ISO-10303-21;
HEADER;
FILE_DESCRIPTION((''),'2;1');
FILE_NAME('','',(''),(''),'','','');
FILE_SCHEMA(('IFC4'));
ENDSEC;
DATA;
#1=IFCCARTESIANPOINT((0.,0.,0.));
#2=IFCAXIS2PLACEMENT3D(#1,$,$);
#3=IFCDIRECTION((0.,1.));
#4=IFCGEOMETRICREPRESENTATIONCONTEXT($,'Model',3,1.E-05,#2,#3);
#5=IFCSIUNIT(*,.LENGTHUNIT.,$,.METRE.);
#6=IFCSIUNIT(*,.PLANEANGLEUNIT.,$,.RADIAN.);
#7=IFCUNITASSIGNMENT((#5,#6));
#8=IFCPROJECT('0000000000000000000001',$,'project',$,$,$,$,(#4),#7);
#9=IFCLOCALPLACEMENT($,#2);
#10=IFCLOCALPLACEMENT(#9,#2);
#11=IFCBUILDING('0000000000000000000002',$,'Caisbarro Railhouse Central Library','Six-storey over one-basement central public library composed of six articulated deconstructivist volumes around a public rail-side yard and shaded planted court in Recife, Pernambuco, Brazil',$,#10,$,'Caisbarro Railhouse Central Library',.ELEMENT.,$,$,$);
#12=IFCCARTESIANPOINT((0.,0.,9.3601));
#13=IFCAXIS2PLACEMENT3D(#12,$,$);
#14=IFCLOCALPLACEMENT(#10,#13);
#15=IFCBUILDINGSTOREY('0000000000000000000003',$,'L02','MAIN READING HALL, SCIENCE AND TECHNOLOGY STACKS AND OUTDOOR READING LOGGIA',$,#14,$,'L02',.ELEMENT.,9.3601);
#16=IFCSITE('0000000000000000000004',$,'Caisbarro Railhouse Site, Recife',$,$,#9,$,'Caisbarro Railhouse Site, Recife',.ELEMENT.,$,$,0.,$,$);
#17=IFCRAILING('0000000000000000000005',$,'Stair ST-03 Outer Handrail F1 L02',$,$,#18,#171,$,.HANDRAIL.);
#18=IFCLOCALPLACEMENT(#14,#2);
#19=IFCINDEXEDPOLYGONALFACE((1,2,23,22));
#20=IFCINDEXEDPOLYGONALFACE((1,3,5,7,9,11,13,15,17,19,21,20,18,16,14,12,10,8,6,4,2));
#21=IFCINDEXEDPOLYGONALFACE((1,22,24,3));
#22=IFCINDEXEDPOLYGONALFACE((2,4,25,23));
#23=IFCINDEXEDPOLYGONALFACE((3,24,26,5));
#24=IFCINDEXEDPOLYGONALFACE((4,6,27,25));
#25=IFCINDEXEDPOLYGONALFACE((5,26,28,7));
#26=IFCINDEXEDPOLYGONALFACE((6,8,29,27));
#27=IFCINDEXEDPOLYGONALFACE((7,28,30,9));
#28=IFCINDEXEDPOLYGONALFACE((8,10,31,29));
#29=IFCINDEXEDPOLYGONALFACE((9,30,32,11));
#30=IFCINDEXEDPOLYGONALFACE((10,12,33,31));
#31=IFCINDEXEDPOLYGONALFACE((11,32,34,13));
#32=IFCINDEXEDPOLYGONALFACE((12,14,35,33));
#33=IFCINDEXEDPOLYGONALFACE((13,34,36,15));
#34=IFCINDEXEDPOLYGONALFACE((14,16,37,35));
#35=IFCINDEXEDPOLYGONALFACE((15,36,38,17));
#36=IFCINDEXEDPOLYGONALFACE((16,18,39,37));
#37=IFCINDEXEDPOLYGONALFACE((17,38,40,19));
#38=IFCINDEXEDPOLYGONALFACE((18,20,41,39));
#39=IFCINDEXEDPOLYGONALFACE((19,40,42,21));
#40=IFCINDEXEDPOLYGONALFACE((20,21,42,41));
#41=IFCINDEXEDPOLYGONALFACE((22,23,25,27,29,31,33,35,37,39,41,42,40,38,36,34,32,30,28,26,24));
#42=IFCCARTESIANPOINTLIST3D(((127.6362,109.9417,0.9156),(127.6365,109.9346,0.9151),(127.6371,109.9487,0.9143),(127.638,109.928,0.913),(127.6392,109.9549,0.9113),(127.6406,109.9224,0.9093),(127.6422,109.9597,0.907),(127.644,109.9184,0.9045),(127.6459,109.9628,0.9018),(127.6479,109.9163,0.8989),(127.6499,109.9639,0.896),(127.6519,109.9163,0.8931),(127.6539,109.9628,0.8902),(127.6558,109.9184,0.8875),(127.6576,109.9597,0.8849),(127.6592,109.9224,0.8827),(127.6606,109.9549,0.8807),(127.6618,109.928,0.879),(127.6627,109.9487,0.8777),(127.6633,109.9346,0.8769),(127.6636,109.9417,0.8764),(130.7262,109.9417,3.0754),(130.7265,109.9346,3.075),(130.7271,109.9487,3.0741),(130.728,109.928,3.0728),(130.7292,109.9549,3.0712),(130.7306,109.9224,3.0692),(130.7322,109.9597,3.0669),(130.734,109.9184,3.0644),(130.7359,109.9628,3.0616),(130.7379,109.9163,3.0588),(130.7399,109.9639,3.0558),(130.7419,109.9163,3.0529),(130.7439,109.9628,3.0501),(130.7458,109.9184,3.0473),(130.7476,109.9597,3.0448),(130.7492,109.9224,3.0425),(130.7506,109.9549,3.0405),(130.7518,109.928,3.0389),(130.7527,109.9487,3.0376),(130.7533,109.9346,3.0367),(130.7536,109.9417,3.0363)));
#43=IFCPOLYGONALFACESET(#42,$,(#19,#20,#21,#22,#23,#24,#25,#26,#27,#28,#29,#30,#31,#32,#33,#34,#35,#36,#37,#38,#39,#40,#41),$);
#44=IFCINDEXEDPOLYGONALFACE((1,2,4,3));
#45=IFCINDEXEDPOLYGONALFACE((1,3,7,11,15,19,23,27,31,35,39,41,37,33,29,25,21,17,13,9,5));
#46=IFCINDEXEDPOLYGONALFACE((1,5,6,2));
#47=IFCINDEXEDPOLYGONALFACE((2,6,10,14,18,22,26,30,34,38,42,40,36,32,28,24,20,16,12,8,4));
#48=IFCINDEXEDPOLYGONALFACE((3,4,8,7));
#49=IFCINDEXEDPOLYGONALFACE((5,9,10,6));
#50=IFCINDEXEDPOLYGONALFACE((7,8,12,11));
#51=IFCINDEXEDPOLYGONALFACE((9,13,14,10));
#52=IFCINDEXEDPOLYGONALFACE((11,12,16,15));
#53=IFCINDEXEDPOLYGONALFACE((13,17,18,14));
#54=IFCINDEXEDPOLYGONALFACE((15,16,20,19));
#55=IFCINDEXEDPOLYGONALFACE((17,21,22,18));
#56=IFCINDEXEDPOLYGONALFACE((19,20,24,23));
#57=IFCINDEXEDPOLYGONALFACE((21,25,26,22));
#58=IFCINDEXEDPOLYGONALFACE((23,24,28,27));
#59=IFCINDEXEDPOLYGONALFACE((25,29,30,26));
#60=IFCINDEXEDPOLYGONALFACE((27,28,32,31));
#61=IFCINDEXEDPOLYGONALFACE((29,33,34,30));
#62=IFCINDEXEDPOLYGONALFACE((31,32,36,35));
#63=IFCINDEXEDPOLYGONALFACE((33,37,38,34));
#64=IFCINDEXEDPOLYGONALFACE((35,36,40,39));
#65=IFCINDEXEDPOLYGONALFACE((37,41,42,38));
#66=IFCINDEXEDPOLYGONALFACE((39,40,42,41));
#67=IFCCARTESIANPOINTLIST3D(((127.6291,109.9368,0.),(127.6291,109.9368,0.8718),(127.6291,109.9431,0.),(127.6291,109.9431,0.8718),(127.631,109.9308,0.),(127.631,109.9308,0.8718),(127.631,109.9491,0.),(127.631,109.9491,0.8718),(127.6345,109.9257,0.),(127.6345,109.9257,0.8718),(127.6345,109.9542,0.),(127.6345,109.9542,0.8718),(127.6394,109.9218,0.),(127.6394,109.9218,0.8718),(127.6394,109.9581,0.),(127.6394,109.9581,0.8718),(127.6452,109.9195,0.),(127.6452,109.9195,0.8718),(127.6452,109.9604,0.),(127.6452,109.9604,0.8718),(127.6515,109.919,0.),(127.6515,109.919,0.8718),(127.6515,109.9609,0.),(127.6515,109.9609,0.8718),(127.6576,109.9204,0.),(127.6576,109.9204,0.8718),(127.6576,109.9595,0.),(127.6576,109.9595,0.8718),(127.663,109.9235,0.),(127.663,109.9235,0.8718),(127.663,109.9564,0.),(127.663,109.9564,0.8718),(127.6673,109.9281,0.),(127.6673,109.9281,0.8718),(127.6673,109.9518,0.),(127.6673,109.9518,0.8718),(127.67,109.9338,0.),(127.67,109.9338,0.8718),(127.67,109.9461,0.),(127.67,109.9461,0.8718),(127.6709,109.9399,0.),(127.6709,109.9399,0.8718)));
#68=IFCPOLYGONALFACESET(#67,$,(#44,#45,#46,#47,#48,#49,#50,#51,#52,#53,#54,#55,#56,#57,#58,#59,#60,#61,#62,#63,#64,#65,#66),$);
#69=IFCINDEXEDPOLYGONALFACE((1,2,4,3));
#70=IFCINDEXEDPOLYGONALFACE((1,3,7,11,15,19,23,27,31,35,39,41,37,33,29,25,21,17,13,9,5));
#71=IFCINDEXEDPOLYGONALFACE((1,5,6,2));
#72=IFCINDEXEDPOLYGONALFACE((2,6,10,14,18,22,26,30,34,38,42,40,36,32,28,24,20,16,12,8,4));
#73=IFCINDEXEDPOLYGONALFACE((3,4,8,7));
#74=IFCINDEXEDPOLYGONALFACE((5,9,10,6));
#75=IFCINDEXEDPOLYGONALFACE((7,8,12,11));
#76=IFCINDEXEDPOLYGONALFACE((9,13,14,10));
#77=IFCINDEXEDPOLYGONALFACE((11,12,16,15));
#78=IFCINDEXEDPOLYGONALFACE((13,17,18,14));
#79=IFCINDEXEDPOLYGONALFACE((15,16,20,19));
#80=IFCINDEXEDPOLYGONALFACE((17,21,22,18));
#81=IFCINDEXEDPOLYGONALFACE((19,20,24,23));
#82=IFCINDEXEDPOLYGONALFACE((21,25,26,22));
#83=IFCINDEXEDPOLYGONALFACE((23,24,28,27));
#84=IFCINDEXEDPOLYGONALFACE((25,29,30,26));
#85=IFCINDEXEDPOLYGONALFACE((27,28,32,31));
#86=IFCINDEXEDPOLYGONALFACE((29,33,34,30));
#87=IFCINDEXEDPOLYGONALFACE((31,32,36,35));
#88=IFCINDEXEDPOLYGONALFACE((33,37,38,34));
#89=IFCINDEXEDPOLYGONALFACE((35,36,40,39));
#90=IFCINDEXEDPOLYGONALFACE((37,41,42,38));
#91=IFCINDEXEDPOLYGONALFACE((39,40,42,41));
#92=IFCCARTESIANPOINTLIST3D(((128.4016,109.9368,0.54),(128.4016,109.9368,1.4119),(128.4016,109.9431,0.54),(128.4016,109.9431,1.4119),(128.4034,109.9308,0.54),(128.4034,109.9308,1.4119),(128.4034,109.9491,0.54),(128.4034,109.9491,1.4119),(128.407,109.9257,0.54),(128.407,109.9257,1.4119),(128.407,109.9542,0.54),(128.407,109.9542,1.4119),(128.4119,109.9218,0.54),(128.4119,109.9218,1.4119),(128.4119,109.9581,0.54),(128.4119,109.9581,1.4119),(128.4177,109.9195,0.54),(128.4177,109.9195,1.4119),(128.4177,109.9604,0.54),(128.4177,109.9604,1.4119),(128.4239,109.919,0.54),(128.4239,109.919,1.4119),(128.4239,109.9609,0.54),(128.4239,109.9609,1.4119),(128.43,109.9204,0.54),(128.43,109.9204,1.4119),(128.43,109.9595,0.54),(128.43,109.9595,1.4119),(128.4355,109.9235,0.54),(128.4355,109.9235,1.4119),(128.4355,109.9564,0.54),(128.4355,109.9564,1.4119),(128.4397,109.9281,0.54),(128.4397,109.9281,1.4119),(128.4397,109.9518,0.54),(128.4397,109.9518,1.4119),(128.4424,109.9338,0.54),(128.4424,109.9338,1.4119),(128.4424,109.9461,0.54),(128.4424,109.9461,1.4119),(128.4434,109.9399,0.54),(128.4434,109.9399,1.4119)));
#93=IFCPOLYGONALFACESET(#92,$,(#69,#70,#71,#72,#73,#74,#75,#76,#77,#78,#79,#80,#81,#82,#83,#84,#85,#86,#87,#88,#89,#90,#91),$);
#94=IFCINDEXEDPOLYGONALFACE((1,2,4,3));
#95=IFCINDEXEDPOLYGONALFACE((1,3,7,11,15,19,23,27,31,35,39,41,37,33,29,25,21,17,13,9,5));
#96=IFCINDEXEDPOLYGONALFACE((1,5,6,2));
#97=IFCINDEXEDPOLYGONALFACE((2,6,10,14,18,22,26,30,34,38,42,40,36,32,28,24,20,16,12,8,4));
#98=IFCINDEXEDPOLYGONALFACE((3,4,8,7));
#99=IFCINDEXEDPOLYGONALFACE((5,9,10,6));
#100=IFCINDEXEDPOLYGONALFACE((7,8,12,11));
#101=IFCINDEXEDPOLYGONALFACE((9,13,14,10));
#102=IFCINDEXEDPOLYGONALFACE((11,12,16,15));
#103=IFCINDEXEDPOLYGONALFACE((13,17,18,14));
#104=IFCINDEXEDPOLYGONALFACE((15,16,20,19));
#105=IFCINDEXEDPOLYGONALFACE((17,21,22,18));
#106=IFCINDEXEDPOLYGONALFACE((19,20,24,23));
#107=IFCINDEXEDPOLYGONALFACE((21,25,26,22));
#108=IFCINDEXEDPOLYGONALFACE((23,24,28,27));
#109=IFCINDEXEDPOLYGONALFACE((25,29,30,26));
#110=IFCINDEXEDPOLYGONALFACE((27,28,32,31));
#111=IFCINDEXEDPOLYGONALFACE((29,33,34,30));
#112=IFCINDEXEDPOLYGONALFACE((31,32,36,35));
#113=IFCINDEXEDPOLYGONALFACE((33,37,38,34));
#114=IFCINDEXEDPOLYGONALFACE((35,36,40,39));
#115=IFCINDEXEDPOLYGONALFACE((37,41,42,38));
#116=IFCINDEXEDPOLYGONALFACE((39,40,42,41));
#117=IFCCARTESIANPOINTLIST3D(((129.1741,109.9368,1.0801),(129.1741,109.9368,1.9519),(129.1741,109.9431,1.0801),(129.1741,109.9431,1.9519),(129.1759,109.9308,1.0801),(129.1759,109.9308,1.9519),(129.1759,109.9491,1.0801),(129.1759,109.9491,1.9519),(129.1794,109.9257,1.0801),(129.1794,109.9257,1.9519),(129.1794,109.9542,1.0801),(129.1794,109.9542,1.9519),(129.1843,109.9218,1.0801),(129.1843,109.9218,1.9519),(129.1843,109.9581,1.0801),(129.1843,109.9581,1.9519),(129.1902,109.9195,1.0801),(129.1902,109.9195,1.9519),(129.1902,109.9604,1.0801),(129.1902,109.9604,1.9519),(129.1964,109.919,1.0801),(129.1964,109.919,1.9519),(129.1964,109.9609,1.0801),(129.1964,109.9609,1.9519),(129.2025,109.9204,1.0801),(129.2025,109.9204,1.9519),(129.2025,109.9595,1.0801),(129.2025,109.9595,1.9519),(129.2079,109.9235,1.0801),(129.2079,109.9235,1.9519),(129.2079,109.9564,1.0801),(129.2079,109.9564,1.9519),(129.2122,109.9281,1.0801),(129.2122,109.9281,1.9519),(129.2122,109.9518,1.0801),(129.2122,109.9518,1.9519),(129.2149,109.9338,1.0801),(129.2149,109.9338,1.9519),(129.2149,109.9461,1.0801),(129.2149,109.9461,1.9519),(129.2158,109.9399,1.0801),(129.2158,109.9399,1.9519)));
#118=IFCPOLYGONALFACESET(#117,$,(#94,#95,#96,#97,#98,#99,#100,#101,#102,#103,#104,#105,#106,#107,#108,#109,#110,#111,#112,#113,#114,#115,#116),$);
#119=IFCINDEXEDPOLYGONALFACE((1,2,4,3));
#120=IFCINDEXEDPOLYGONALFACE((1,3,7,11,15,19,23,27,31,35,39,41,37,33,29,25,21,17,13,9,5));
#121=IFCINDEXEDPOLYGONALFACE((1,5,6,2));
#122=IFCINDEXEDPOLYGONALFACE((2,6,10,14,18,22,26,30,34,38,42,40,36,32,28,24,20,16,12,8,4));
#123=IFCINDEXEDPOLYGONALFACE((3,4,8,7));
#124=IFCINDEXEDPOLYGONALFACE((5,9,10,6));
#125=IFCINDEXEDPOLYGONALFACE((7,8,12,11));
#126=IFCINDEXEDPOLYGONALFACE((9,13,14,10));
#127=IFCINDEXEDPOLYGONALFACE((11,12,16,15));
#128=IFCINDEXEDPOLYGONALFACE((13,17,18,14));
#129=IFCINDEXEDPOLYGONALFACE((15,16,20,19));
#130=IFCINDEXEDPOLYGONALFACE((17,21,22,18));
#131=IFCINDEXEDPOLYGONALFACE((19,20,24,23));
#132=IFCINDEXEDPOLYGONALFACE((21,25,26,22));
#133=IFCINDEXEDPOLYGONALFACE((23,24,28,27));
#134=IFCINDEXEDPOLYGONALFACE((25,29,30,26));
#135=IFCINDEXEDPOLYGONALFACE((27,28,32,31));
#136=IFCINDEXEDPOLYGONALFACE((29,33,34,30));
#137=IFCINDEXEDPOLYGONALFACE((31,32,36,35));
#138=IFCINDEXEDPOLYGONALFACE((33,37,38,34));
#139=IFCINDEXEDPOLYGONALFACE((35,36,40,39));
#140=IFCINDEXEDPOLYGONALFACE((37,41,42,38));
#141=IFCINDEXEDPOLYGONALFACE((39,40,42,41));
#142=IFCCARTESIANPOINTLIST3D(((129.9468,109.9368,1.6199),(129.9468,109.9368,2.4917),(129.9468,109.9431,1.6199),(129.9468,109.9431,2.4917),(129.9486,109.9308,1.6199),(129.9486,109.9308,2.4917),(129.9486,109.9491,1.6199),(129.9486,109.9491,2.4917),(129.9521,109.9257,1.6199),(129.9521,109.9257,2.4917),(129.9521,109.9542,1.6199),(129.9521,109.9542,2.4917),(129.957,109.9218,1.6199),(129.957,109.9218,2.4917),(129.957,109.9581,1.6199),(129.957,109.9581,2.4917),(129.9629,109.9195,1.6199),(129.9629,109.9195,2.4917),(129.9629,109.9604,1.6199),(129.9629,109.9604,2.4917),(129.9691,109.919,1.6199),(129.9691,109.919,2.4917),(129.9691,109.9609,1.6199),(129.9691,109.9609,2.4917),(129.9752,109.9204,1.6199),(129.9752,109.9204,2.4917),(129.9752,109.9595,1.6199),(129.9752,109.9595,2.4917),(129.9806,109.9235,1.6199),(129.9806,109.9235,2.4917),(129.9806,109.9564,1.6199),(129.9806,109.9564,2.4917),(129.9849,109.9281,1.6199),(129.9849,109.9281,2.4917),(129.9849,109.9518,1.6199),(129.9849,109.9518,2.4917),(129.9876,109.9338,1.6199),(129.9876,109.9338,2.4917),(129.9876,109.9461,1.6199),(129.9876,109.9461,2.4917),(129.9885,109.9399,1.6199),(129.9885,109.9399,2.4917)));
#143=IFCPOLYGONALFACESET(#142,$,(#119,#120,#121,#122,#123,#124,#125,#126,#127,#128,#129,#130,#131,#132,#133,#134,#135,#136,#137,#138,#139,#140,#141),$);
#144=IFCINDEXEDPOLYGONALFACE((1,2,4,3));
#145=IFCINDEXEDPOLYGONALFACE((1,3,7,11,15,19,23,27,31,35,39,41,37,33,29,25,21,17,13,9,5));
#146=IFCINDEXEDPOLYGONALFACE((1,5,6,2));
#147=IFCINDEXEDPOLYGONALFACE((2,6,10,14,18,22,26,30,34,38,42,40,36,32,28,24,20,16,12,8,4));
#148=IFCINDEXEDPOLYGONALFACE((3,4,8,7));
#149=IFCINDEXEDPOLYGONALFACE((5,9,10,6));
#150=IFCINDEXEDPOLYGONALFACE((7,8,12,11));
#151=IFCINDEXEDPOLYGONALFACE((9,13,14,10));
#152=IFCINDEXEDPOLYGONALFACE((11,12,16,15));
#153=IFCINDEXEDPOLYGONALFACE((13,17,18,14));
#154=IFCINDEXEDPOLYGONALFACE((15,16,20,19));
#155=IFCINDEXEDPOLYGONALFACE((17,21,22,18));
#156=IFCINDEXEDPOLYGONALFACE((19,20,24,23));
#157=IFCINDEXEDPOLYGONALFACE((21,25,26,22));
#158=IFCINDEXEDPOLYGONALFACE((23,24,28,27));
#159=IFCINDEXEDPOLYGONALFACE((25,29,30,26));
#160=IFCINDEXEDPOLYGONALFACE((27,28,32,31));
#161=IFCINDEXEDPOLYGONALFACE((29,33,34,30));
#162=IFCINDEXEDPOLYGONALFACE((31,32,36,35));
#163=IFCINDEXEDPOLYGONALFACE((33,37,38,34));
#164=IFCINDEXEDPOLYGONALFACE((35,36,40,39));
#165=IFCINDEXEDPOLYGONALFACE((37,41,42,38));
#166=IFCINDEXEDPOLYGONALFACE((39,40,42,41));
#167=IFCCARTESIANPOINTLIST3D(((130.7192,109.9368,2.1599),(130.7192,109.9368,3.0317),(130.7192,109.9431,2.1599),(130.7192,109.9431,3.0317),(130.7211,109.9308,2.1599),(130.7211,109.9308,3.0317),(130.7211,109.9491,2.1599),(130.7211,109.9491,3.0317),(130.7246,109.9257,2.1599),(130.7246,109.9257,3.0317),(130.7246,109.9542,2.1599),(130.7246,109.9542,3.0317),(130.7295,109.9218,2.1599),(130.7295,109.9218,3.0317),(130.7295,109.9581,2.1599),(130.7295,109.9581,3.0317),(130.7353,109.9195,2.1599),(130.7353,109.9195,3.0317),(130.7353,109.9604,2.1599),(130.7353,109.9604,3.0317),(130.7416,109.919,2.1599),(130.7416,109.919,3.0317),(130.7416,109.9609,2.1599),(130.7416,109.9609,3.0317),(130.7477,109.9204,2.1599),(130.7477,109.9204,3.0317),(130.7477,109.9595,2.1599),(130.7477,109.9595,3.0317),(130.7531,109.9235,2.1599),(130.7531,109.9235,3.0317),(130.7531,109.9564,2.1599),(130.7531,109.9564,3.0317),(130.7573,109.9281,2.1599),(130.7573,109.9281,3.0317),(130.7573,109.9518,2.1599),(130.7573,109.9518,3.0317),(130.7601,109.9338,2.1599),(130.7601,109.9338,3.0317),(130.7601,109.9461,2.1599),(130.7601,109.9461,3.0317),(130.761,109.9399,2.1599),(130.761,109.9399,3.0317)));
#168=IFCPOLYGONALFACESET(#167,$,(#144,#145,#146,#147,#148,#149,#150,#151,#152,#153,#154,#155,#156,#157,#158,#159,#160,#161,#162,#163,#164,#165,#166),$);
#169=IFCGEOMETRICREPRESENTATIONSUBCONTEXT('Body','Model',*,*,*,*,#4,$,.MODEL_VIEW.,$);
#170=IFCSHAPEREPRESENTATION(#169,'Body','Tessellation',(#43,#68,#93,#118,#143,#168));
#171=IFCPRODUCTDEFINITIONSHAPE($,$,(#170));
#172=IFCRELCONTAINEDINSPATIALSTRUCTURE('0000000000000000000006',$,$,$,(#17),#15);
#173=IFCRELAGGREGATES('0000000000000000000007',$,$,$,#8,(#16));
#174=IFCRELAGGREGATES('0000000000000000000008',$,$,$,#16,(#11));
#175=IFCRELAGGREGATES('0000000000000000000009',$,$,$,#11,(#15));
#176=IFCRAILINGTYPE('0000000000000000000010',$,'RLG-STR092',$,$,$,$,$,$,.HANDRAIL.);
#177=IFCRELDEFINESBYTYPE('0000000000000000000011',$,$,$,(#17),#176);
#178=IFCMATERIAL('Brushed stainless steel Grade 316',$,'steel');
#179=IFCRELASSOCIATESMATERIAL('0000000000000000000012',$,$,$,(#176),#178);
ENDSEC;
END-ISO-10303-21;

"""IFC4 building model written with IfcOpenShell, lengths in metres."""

from ifc_helpers import new_model, si_unit, direction, frame, origin, origin_2d, place, context, subcontext, project, spatial, circle, extrude, material, type_object, element, save


model = new_model("IFC4")

# Units and contexts
model_context = context("Model", 3, precision=1e-05, world=origin(), true_north=direction((0.0, 1.0)))
body_context = subcontext(model_context, "Body", "Model", "MODEL_VIEW")
ifc_project = project(units=[si_unit("LENGTHUNIT", "METRE"), si_unit("PLANEANGLEUNIT", "RADIAN")], contexts=[model_context])

# Site, building, storey
site_placement = place(None, origin())
site = spatial("IfcSite", under=ifc_project, at=site_placement, Name="Caisbarro Railhouse Site, Recife", LongName="Caisbarro Railhouse Site, Recife", CompositionType="ELEMENT", RefElevation=0.0)
building_placement = place(site_placement, origin())
building = spatial("IfcBuilding", under=site, at=building_placement, Name="Caisbarro Railhouse Central Library", Description="Six-storey over one-basement central public library composed of six articulated deconstructivist volumes around a public rail-side yard and shaded planted court in Recife, Pernambuco, Brazil", LongName="Caisbarro Railhouse Central Library", CompositionType="ELEMENT")
storey_placement = place(building_placement, frame((0.0, 0.0, 9.3601)))
storey = spatial("IfcBuildingStorey", under=building, at=storey_placement, Name="L02", Description="MAIN READING HALL, SCIENCE AND TECHNOLOGY STACKS AND OUTDOOR READING LOGGIA", LongName="L02", CompositionType="ELEMENT", Elevation=9.3601)

# Railing
ifc_material_1 = material(Name="Brushed stainless steel Grade 316", Category="steel")
railing_type_1 = type_object("IfcRailingType", Name="RLG-STR092", PredefinedType="HANDRAIL", material=ifc_material_1)
railing_1_placement = place(storey_placement, frame((127.6499, 109.9399, 0.0)))
element("IfcRailing", 1, at=railing_1_placement, inside=storey, type_object=railing_type_1, Name="Stair ST-03 Outer Handrail F1 L02", PredefinedType="HANDRAIL", context=body_context, shape_type="SweptSolid", body=[
    extrude(circle(Radius=0.0239, at=origin_2d()), frame((0.0, 0.0, 0.896), z_axis=(0.819624, 0.0, 0.572902), x_axis=(0.0, 1.0, 0.0)), (0.0, 0.0, 1.0), 3.77),
    extrude(circle(Radius=0.021, at=origin_2d()), origin(), (0.0, 0.0, 1.0), 0.8718),
    extrude(circle(Radius=0.021, at=origin_2d()), frame((0.7725, 0.0, 0.54)), (0.0, 0.0, 1.0), 0.8718),
    extrude(circle(Radius=0.021, at=origin_2d()), frame((1.5449, 0.0, 1.0801)), (0.0, 0.0, 1.0), 0.8718),
    extrude(circle(Radius=0.021, at=origin_2d()), frame((2.3176, 0.0, 1.6199)), (0.0, 0.0, 1.0), 0.8718),
    extrude(circle(Radius=0.021, at=origin_2d()), frame((3.0901, 0.0, 2.1599)), (0.0, 0.0, 1.0), 0.8718),
])

save(model, "model.ifc")
